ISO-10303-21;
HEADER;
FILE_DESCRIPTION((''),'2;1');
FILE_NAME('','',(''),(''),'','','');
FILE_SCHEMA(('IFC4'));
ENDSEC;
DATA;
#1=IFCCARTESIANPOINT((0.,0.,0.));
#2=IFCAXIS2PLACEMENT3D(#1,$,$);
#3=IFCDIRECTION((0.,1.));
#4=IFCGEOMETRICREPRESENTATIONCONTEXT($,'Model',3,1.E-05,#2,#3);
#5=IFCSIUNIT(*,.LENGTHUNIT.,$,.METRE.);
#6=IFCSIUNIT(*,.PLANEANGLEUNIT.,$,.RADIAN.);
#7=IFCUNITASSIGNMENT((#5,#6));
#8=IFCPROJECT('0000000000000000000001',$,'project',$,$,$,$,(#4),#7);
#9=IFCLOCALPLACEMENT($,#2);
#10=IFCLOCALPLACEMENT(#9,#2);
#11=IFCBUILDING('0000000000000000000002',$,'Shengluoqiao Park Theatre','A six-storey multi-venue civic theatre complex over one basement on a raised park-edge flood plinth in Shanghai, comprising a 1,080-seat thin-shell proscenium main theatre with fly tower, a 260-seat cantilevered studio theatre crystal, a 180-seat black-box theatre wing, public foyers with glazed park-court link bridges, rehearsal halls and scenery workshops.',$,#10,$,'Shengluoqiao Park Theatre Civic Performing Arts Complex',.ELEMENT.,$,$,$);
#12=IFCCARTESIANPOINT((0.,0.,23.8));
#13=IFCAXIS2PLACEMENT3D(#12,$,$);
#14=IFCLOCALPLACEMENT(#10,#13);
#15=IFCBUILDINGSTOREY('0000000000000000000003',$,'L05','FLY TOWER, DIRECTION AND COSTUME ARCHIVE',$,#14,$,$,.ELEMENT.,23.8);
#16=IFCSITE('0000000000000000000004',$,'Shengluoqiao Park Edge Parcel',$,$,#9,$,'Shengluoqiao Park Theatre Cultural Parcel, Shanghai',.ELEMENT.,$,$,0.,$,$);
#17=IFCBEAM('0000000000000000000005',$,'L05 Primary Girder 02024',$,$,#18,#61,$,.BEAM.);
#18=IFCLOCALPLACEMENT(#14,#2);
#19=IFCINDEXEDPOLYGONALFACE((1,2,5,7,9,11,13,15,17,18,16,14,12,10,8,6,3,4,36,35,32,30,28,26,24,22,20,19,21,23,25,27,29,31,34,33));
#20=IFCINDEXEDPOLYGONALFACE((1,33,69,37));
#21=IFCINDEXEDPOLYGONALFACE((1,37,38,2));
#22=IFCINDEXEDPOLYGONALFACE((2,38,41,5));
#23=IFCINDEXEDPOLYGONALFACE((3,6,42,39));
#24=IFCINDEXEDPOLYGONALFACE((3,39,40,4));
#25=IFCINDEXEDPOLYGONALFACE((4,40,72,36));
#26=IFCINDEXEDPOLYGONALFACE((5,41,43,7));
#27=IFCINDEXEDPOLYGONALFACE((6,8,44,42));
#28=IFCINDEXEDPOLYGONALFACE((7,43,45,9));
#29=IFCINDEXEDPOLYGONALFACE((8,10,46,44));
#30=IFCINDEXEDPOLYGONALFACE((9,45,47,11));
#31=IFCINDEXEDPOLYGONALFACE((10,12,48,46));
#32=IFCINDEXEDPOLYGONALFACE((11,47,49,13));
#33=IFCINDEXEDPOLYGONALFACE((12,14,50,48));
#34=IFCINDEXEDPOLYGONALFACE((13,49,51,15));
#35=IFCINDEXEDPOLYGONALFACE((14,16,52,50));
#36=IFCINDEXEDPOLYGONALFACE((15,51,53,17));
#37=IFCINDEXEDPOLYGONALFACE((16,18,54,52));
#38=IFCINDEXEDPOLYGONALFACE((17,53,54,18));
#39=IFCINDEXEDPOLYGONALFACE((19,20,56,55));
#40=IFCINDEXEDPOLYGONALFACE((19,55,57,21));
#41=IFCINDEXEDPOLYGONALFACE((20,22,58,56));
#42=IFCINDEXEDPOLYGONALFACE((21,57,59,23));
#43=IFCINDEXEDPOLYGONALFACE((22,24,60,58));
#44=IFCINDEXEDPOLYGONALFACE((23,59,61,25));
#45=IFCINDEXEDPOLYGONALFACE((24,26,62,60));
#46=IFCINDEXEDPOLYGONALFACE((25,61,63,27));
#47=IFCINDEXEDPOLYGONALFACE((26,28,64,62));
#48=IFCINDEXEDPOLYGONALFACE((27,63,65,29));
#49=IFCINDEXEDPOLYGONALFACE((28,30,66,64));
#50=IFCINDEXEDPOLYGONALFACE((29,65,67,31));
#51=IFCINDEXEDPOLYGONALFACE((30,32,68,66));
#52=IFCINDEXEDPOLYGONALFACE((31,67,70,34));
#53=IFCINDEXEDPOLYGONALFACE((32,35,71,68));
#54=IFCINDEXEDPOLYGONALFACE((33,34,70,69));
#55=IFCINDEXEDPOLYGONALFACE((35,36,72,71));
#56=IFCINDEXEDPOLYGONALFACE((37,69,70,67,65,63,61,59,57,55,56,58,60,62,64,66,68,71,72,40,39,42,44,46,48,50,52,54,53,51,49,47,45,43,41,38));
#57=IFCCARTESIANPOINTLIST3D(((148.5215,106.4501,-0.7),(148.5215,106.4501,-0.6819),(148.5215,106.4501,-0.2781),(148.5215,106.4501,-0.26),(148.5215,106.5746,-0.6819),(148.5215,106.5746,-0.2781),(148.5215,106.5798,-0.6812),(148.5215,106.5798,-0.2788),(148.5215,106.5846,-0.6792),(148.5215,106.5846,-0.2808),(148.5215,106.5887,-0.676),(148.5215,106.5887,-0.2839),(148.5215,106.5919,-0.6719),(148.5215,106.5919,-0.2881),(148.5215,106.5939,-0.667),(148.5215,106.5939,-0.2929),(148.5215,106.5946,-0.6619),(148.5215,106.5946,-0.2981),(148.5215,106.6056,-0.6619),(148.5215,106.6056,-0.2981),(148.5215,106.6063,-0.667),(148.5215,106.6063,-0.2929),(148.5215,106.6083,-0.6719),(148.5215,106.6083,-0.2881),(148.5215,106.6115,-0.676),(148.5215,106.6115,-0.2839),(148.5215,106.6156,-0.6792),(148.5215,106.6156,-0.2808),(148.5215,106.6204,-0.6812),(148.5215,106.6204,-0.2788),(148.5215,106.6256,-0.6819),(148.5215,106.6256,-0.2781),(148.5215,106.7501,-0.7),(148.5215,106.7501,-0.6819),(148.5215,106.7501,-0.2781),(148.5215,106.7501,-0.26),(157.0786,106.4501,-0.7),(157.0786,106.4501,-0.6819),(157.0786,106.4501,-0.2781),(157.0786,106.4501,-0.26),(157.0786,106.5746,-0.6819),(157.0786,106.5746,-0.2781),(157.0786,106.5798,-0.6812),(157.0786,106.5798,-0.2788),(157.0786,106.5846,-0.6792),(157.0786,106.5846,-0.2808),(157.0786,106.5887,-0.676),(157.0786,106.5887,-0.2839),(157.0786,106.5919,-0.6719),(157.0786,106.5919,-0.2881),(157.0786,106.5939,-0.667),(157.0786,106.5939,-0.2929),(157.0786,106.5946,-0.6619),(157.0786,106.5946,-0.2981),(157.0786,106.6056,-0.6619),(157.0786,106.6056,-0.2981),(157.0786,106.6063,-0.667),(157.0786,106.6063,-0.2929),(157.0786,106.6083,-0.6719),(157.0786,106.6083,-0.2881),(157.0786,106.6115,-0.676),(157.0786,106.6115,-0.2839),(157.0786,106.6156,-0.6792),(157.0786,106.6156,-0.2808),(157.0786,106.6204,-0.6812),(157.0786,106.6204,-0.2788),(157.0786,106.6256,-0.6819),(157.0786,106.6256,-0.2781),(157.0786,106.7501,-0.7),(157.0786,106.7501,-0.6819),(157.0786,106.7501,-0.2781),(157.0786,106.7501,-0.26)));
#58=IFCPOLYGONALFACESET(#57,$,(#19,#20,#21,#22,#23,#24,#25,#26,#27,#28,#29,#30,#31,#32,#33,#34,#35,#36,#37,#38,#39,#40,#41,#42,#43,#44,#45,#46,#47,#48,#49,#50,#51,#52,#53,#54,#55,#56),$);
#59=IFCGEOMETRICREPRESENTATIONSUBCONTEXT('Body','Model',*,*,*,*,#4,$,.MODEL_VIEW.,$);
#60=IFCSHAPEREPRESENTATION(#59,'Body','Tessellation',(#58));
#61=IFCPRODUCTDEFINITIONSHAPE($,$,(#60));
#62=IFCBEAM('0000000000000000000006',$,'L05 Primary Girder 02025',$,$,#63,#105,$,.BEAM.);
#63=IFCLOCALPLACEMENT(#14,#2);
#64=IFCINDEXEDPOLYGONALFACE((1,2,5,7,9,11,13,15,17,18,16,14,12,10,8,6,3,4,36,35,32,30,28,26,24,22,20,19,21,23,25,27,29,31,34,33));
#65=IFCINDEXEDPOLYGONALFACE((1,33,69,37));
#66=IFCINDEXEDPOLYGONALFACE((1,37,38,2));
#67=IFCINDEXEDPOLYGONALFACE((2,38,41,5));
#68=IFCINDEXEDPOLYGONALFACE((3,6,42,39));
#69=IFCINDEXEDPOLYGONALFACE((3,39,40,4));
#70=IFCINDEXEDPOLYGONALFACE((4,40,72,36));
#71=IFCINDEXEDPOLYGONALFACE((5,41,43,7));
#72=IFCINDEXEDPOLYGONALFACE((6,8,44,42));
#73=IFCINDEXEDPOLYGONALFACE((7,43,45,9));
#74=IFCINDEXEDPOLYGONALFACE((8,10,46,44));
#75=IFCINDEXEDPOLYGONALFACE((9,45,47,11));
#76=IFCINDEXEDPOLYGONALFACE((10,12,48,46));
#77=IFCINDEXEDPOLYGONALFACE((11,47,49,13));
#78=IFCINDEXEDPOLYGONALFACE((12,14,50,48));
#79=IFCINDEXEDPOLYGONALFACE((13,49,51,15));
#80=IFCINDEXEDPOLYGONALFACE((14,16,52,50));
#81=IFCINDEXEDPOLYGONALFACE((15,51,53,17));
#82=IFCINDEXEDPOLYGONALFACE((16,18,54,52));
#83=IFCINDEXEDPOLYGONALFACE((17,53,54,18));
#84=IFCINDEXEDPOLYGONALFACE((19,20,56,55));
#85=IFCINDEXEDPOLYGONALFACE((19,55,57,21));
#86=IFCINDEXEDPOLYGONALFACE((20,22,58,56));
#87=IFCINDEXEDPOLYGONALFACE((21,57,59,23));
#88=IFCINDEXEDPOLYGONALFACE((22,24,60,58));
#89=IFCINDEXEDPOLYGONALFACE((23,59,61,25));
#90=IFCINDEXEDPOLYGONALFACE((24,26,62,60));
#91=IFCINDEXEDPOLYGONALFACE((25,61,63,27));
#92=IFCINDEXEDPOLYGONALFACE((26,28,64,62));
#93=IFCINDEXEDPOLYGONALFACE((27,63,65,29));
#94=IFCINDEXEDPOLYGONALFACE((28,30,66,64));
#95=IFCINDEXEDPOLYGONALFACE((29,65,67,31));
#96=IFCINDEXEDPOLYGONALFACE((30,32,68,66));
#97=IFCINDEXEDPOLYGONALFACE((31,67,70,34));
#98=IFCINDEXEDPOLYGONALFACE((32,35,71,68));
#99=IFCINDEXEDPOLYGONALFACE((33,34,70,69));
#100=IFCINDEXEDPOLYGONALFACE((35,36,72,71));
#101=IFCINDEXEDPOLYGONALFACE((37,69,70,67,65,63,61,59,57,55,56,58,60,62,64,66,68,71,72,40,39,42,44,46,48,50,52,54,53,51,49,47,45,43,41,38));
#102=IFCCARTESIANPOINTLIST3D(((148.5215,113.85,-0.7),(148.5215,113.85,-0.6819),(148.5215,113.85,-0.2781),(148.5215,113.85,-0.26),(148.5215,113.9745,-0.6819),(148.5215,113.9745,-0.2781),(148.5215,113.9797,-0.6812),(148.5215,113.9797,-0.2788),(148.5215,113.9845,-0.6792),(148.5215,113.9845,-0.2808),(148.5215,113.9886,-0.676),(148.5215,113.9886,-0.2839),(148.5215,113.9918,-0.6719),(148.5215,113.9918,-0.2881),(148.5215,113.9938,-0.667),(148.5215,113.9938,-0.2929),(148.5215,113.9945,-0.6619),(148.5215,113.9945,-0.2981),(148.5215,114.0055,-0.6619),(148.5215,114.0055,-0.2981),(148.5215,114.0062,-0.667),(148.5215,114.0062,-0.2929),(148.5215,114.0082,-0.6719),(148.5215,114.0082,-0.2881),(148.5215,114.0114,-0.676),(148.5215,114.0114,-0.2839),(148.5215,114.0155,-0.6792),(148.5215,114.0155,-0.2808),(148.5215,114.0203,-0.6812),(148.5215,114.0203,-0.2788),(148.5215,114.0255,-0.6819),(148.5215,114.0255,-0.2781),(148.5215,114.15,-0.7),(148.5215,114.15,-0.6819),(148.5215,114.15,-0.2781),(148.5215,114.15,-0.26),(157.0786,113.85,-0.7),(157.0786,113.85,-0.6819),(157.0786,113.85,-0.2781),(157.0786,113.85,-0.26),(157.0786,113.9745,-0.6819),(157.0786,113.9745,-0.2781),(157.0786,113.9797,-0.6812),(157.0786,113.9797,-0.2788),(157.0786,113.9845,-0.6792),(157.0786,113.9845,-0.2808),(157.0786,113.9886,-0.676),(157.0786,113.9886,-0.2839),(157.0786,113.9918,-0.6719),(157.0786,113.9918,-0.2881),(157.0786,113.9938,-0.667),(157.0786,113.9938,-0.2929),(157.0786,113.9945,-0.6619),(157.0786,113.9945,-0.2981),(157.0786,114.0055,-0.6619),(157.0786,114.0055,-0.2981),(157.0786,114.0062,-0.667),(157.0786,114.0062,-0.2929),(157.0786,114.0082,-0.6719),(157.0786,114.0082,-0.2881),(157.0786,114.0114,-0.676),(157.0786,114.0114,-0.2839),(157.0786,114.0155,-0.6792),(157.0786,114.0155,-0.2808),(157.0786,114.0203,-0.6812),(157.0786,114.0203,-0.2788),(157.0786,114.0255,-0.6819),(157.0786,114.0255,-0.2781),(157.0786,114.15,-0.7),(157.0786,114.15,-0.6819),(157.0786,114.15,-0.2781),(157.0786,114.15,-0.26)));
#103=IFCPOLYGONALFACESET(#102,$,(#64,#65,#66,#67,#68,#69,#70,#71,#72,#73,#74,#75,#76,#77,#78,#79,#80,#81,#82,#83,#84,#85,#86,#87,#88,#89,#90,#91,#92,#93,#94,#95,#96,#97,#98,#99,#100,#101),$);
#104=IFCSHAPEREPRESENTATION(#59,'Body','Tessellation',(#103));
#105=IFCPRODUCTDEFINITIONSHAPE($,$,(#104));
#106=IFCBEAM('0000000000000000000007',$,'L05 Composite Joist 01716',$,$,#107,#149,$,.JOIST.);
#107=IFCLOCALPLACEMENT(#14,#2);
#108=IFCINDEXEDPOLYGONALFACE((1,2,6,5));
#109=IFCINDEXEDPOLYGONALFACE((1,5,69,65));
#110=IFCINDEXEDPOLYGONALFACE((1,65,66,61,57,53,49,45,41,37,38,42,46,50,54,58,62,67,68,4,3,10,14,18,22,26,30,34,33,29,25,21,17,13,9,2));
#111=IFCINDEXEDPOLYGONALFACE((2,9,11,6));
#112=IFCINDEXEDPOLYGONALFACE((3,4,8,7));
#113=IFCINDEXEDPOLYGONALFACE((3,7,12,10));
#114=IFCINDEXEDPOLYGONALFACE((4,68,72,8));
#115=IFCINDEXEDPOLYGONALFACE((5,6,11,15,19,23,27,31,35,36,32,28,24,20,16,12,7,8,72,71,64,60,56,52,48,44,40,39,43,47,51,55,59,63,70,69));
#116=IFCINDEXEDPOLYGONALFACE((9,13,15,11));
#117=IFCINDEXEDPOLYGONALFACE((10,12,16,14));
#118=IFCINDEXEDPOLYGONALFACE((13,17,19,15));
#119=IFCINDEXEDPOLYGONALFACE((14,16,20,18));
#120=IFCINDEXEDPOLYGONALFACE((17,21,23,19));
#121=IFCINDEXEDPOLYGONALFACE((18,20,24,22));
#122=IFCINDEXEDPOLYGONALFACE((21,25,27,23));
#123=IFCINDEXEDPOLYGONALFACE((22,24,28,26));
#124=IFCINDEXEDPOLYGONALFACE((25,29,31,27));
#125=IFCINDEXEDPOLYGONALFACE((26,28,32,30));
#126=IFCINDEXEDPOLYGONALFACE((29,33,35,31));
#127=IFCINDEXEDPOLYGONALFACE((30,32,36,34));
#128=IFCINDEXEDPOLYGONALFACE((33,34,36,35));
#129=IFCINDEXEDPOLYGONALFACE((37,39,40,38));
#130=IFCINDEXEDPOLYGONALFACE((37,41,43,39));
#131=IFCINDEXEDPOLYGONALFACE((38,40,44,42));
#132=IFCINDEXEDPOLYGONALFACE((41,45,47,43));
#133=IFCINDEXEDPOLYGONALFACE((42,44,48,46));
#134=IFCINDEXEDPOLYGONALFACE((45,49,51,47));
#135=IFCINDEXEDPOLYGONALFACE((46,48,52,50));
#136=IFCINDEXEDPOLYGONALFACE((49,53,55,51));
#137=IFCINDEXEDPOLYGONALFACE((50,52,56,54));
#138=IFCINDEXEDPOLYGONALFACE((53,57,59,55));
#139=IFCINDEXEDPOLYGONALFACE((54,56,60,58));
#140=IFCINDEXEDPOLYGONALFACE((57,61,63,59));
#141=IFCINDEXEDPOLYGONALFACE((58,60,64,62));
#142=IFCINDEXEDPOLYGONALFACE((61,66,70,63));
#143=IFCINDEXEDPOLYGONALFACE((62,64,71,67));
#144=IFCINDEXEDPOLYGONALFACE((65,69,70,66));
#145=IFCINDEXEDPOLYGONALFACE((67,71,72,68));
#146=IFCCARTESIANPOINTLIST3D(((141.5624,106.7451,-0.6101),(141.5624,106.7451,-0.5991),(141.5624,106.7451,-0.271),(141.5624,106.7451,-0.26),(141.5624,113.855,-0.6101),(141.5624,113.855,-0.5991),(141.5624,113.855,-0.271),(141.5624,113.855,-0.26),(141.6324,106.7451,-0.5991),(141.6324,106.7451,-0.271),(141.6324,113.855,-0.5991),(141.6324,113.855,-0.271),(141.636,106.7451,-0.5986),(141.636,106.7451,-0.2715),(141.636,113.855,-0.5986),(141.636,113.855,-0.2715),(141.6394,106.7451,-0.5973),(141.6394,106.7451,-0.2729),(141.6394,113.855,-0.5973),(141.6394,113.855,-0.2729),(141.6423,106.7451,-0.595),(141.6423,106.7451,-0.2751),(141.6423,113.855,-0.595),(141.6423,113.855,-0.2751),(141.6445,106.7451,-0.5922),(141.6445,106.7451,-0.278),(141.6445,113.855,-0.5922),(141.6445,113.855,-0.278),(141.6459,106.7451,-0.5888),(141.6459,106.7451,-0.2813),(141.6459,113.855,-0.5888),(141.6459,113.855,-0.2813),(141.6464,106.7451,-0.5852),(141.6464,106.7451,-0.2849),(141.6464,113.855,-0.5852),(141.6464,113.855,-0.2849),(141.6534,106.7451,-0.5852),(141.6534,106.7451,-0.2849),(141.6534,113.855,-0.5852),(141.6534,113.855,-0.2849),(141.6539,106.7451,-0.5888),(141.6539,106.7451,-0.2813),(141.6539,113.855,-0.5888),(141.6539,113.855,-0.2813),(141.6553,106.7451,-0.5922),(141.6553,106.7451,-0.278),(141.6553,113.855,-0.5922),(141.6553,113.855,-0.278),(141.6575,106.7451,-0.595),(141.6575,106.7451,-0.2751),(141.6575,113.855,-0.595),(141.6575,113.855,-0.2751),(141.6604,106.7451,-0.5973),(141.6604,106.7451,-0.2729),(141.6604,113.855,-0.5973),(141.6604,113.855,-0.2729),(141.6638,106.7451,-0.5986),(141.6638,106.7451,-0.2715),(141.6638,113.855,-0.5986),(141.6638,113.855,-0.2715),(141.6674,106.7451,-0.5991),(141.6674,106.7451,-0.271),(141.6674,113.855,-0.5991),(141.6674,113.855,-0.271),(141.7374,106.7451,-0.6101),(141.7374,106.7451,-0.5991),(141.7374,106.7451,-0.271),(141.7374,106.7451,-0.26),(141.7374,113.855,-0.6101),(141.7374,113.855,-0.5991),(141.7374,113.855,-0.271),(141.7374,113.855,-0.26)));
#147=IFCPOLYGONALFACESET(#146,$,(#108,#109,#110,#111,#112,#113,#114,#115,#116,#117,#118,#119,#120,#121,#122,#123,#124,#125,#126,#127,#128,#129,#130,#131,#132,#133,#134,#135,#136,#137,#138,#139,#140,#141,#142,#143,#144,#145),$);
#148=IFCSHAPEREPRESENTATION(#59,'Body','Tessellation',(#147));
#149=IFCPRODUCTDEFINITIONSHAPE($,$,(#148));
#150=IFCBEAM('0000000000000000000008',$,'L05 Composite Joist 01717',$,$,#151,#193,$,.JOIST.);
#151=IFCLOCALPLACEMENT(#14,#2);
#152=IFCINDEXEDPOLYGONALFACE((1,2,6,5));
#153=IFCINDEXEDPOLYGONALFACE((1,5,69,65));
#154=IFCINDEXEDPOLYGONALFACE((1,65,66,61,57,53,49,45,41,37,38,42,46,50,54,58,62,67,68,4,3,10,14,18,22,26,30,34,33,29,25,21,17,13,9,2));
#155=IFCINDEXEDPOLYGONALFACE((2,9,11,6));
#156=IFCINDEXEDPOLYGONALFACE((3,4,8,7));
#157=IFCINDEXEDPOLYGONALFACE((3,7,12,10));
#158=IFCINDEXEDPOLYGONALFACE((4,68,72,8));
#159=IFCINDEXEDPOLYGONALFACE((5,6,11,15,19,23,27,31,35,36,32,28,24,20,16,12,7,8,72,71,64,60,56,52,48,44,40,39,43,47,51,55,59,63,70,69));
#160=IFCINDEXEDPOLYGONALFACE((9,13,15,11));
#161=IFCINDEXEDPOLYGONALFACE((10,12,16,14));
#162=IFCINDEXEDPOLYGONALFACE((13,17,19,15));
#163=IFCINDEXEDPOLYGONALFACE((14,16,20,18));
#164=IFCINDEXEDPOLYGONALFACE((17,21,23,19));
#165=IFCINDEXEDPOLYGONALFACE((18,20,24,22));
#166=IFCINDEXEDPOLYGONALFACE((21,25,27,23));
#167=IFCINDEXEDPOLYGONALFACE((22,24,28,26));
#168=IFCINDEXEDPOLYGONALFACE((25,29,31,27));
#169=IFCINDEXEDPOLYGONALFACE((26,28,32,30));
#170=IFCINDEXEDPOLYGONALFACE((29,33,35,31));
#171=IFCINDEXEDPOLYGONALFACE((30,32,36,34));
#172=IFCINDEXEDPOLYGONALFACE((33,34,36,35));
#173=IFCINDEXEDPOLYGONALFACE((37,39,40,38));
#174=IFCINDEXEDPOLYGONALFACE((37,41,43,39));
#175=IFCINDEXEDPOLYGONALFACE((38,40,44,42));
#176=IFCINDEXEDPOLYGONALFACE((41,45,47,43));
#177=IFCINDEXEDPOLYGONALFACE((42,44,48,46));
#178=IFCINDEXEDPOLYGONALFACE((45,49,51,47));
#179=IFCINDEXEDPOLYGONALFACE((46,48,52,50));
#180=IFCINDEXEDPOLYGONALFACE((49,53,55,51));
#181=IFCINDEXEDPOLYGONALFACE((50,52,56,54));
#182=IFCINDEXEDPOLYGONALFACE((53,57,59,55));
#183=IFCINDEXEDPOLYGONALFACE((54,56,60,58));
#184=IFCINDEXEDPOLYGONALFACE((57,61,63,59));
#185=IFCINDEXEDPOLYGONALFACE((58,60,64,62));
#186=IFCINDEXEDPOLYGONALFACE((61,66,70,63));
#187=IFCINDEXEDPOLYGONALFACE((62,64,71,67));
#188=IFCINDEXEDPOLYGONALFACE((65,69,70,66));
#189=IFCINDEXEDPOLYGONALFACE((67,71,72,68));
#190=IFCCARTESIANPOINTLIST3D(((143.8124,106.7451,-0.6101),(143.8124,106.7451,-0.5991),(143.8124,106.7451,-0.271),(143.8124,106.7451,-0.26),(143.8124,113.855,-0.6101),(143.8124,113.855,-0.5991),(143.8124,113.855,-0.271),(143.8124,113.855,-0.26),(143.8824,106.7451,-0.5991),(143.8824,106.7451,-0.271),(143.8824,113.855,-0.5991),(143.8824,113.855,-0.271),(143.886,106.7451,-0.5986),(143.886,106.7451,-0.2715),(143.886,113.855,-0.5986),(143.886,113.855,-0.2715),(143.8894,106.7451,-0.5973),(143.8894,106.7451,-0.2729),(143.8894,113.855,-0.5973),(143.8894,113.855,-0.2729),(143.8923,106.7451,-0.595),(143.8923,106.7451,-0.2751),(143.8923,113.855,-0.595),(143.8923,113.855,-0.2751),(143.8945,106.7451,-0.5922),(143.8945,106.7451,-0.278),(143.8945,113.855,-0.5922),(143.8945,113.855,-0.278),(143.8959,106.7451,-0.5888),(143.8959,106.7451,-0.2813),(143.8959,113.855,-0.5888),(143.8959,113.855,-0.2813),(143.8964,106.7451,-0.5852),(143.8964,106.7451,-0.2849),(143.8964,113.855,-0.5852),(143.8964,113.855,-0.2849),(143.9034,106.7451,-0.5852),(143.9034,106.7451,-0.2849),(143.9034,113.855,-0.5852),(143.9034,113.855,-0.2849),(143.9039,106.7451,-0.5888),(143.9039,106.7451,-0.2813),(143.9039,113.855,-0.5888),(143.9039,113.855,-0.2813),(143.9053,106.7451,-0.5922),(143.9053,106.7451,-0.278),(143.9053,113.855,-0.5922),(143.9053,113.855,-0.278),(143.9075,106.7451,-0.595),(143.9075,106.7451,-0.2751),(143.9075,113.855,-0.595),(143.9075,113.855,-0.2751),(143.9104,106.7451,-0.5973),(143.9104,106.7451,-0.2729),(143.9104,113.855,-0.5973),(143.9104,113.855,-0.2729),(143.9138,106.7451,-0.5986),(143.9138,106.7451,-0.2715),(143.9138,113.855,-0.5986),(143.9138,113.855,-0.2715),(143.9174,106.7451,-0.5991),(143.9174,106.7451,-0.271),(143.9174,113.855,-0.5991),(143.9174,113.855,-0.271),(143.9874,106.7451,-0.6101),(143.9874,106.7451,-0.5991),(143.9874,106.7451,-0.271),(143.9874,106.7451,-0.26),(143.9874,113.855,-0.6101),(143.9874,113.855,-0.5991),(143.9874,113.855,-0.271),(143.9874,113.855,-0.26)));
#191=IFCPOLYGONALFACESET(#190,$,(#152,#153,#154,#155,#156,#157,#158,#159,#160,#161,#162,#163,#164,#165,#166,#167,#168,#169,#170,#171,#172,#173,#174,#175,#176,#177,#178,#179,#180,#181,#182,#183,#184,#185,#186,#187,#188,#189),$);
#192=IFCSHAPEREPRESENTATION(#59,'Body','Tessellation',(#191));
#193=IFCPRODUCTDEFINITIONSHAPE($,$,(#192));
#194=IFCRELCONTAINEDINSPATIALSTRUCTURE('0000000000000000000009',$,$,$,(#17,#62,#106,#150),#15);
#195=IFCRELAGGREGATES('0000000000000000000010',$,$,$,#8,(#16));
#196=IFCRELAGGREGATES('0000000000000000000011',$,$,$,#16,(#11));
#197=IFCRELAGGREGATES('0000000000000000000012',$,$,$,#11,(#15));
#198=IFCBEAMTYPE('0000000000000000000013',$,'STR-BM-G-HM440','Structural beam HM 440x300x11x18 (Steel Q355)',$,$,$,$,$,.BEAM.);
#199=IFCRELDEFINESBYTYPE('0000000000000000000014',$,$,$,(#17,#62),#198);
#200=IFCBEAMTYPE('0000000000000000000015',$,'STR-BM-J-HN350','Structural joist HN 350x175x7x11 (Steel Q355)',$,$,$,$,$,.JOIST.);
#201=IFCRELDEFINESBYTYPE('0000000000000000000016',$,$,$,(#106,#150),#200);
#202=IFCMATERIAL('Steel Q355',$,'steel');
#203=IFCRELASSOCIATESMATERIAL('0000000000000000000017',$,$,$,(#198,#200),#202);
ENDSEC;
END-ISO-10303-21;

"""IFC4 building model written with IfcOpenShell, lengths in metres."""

from ifc_helpers import new_model, si_unit, direction, frame, origin, origin_2d, place, context, subcontext, project, spatial, i_section, extrude, material, material_profile, profile_set, type_object, element, save


model = new_model("IFC4")

# Units and contexts
model_context = context("Model", 3, precision=1e-05, world=origin(), true_north=direction((0.0, 1.0)))
body_context = subcontext(model_context, "Body", "Model", "MODEL_VIEW")
ifc_project = project(units=[si_unit("LENGTHUNIT", "METRE"), si_unit("PLANEANGLEUNIT", "RADIAN")], contexts=[model_context])

# Site, building, storey
site_placement = place(None, origin())
site = spatial("IfcSite", under=ifc_project, at=site_placement, Name="Shengluoqiao Park Edge Parcel", LongName="Shengluoqiao Park Theatre Cultural Parcel, Shanghai", CompositionType="ELEMENT", RefElevation=0.0)
building_placement = place(site_placement, origin())
building = spatial("IfcBuilding", under=site, at=building_placement, Name="Shengluoqiao Park Theatre", Description="A six-storey multi-venue civic theatre complex over one basement on a raised park-edge flood plinth in Shanghai, comprising a 1,080-seat thin-shell proscenium main theatre with fly tower, a 260-seat cantilevered studio theatre crystal, a 180-seat black-box theatre wing, public foyers with glazed park-court link bridges, rehearsal halls and scenery workshops.", LongName="Shengluoqiao Park Theatre Civic Performing Arts Complex", CompositionType="ELEMENT")
storey_placement = place(building_placement, frame((0.0, 0.0, 23.8)))
storey = spatial("IfcBuildingStorey", under=building, at=storey_placement, Name="L05", Description="FLY TOWER, DIRECTION AND COSTUME ARCHIVE", CompositionType="ELEMENT", Elevation=23.8)

# Shared definitions
ifc_material_1 = material(Name="Steel Q355", Category="steel")

# Beams
ifc_material_profile_1 = material_profile(ifc_material_1, i_section(OverallWidth=0.3, OverallDepth=0.4399, WebThickness=0.011, FlangeThickness=0.0181, FilletRadius=0.02, at=origin_2d()), Name="HM 440x300x11x18")
ifc_profile_set_1 = profile_set([ifc_material_profile_1], Name="Steel Q355")
beam_type_1 = type_object("IfcBeamType", Name="STR-BM-G-HM440", Description="Structural beam HM 440x300x11x18 (Steel Q355)", PredefinedType="BEAM", material=ifc_profile_set_1)
for number, where, z_axis, x_axis, name in (
    (1, (148.5215, 106.6001, -0.48), (1.0, 0.0, 0.0), (0.0, 1.0, 0.0), "L05 Primary Girder 02024"),
    (2, (148.5215, 114.0, -0.48), (1.0, 0.0, 0.0), (0.0, 1.0, 0.0), "L05 Primary Girder 02025"),
):
    element("IfcBeam", number, at=place(storey_placement, frame(where, z_axis=z_axis, x_axis=x_axis)), inside=storey, type_object=beam_type_1, Name=name, PredefinedType="BEAM", context=body_context, shape_type="SweptSolid", body=[
        extrude(i_section(OverallWidth=0.3, OverallDepth=0.4399, WebThickness=0.011, FlangeThickness=0.0181, FilletRadius=0.02, at=origin_2d()), origin(), (0.0, 0.0, 1.0), 8.5571),
    ])
ifc_material_profile_2 = material_profile(ifc_material_1, i_section(OverallWidth=0.175, OverallDepth=0.3501, WebThickness=0.0071, FlangeThickness=0.011, FilletRadius=0.0139, at=origin_2d()), Name="HN 350x175x7x11")
ifc_profile_set_2 = profile_set([ifc_material_profile_2], Name="Steel Q355")
beam_type_2 = type_object("IfcBeamType", Name="STR-BM-J-HN350", Description="Structural joist HN 350x175x7x11 (Steel Q355)", PredefinedType="JOIST", material=ifc_profile_set_2)
for number, where, z_axis, x_axis, name in (
    (3, (141.6499, 106.7451, -0.4351), (0.0, 1.0, 0.0), (-1.0, 0.0, 0.0), "L05 Composite Joist 01716"),
    (4, (143.8999, 106.7451, -0.4351), (0.0, 1.0, 0.0), (-1.0, 0.0, 0.0), "L05 Composite Joist 01717"),
):
    element("IfcBeam", number, at=place(storey_placement, frame(where, z_axis=z_axis, x_axis=x_axis)), inside=storey, type_object=beam_type_2, Name=name, PredefinedType="JOIST", context=body_context, shape_type="SweptSolid", body=[
        extrude(i_section(OverallWidth=0.175, OverallDepth=0.3501, WebThickness=0.0071, FlangeThickness=0.011, FilletRadius=0.0139, at=origin_2d()), origin(), (0.0, 0.0, 1.0), 7.1099),
    ])

save(model, "model.ifc")
